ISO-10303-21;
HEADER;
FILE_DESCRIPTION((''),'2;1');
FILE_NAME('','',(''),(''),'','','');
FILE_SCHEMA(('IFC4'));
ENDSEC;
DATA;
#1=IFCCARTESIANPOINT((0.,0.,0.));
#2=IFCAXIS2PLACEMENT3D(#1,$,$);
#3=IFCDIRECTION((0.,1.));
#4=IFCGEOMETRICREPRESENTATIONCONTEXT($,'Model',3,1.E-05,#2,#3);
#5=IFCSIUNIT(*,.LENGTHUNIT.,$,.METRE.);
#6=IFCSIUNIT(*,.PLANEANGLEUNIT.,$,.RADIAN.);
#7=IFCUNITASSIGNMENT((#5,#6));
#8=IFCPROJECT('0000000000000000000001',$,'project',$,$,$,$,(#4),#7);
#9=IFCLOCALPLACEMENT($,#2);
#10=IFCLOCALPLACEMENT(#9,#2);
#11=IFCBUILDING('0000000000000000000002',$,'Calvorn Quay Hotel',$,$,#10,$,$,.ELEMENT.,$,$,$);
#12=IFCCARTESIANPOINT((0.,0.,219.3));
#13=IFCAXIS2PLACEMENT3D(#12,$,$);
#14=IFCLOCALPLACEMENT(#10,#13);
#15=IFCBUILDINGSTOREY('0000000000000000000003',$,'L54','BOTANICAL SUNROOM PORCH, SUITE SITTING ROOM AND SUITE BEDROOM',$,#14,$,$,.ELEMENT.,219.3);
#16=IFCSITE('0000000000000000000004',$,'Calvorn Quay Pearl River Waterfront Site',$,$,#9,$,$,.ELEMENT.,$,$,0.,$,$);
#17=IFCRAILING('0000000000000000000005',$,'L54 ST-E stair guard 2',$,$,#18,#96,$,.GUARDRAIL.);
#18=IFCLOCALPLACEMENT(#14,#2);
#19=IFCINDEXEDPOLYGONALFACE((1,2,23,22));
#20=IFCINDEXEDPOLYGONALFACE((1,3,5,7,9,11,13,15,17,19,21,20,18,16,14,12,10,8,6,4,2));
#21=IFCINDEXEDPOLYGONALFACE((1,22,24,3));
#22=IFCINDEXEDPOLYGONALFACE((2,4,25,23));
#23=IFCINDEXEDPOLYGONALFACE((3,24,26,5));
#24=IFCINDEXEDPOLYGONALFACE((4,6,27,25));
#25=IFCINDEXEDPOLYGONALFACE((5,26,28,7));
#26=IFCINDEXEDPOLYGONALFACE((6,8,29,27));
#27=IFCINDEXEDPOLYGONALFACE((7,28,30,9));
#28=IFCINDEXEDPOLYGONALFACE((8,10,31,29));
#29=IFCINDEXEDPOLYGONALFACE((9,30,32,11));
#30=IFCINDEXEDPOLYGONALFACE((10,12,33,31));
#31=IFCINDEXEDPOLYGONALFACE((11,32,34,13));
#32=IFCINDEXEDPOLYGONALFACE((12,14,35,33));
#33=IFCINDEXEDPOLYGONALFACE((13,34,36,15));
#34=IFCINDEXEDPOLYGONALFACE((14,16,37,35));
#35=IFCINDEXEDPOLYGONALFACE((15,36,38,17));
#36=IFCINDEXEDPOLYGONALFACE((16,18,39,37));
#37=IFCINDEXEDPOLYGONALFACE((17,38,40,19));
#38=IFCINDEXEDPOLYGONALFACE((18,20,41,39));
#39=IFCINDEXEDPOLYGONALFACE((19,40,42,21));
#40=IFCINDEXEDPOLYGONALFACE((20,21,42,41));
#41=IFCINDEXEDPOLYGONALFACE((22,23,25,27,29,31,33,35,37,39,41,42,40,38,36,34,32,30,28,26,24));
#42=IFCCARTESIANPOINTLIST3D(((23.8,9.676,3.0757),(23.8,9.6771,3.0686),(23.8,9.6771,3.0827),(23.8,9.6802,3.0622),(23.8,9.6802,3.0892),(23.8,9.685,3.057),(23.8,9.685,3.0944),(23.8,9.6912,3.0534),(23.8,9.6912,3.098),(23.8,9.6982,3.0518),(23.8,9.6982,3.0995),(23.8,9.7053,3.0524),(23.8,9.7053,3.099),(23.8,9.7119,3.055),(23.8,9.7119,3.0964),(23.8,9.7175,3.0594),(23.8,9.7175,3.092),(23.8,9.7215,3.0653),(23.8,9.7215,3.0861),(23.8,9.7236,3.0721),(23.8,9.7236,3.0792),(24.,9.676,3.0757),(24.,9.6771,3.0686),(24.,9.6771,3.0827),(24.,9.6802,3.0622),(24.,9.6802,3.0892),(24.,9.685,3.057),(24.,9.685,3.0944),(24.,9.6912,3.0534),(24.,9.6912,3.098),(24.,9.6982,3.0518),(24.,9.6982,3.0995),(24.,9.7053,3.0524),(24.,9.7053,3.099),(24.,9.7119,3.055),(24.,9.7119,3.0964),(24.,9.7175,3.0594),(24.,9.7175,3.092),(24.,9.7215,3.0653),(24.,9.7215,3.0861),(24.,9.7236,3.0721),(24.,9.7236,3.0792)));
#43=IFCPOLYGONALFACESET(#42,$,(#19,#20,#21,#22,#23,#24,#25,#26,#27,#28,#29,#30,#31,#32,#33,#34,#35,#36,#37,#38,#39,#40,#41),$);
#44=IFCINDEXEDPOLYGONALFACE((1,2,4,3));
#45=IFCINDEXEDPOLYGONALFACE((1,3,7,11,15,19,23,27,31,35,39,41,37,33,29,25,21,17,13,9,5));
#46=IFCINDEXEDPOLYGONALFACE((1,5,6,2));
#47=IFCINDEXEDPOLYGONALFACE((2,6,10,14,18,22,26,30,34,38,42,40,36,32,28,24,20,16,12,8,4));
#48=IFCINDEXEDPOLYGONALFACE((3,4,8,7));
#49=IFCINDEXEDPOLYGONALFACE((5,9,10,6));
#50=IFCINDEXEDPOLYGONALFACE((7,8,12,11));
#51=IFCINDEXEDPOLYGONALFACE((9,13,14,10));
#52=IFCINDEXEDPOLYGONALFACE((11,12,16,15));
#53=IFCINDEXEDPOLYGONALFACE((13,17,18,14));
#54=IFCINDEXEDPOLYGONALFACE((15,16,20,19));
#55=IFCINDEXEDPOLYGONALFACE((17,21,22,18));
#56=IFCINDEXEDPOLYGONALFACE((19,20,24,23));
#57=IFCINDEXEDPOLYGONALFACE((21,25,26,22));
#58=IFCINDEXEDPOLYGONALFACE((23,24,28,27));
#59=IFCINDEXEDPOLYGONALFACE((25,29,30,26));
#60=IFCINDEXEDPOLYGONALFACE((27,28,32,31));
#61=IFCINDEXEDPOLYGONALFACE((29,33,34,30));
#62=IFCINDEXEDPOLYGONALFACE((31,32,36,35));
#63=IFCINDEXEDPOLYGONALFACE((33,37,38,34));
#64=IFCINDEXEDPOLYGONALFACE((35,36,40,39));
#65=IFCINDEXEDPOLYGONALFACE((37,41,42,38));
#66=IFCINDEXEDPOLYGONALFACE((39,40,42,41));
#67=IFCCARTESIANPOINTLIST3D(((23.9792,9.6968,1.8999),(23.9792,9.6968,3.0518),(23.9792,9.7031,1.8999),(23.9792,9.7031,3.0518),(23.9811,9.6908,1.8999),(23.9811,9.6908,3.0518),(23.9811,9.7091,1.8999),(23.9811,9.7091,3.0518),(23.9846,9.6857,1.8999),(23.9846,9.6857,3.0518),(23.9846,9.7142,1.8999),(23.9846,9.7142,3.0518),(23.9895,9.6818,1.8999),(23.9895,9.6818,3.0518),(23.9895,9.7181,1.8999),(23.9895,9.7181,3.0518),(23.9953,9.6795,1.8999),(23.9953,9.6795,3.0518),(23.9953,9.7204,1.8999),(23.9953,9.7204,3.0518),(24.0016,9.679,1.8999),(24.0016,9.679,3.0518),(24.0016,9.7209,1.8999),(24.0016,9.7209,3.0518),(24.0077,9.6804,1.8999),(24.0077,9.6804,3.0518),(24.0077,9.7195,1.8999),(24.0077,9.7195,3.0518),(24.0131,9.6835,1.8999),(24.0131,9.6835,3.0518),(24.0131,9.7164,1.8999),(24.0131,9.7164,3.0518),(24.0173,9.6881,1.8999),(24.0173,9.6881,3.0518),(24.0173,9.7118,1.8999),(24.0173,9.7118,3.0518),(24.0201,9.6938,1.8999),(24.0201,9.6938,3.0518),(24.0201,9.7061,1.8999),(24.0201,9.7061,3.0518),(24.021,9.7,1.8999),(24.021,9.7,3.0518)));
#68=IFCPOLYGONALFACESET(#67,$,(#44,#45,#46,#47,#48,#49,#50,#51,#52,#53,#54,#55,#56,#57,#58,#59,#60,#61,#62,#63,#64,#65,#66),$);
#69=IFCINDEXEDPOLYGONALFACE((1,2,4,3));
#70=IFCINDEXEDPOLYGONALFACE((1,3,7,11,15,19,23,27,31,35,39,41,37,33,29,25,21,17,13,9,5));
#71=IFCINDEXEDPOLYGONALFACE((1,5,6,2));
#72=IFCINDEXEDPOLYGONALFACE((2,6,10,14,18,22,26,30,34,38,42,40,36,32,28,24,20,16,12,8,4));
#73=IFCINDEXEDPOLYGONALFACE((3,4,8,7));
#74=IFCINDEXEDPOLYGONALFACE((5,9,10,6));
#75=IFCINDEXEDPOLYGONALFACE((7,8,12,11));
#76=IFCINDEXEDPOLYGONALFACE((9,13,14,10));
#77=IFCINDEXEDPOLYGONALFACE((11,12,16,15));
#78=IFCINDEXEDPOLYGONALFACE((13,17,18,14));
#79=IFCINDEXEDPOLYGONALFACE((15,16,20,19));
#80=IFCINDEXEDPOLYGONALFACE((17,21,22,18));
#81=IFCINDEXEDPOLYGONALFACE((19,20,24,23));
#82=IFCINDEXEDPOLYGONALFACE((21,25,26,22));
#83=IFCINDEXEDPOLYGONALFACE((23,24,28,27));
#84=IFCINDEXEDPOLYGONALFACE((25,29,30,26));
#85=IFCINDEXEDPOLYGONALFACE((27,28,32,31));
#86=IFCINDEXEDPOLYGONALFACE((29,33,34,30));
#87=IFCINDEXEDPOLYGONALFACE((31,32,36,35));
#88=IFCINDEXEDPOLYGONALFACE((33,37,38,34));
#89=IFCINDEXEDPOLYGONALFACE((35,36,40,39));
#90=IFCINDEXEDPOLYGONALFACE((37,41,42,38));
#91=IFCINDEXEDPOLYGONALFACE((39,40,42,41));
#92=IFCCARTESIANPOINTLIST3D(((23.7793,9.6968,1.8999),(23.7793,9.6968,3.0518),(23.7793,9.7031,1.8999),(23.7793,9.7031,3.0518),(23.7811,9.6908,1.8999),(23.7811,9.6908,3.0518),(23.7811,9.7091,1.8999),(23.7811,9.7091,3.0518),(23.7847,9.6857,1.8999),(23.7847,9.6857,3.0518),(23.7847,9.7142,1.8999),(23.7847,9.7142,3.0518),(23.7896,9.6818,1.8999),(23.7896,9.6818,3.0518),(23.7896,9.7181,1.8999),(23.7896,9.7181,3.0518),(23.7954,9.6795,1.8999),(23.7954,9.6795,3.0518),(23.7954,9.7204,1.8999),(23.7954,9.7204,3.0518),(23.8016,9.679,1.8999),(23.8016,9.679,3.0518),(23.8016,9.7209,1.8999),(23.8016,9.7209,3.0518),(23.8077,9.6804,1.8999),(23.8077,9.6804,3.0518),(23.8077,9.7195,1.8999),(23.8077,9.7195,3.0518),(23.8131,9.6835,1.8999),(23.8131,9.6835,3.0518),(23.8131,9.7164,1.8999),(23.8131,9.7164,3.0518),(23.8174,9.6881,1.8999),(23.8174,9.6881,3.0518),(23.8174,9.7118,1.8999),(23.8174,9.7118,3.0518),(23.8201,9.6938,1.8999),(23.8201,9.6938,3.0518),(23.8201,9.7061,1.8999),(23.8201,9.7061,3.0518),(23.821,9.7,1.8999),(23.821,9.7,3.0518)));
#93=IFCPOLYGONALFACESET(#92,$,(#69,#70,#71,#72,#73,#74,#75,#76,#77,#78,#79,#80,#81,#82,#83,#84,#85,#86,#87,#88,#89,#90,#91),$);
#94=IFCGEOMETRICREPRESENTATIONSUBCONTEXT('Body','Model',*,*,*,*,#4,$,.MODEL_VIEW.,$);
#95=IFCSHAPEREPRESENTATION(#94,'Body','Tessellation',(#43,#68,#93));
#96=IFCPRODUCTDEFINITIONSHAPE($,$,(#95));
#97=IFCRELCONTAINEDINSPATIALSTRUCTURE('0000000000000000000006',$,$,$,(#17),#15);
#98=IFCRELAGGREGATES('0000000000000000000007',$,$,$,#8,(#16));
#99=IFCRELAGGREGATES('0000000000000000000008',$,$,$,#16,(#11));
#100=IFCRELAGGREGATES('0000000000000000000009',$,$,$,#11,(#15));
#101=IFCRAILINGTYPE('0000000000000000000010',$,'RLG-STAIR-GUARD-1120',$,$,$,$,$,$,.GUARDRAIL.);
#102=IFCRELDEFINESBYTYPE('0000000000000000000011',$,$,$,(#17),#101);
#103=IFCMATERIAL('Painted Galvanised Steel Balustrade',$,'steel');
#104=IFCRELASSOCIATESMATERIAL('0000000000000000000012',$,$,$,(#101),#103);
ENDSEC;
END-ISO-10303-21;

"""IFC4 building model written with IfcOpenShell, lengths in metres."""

from ifc_helpers import new_model, si_unit, direction, frame, origin, origin_2d, place, context, subcontext, project, spatial, circle, extrude, material, type_object, element, save


model = new_model("IFC4")

# Units and contexts
model_context = context("Model", 3, precision=1e-05, world=origin(), true_north=direction((0.0, 1.0)))
body_context = subcontext(model_context, "Body", "Model", "MODEL_VIEW")
ifc_project = project(units=[si_unit("LENGTHUNIT", "METRE"), si_unit("PLANEANGLEUNIT", "RADIAN")], contexts=[model_context])

# Site, building, storey
site_placement = place(None, origin())
site = spatial("IfcSite", under=ifc_project, at=site_placement, Name="Calvorn Quay Pearl River Waterfront Site", CompositionType="ELEMENT", RefElevation=0.0)
building_placement = place(site_placement, origin())
building = spatial("IfcBuilding", under=site, at=building_placement, Name="Calvorn Quay Hotel", CompositionType="ELEMENT")
storey_placement = place(building_placement, frame((0.0, 0.0, 219.3)))
storey = spatial("IfcBuildingStorey", under=building, at=storey_placement, Name="L54", Description="BOTANICAL SUNROOM PORCH, SUITE SITTING ROOM AND SUITE BEDROOM", CompositionType="ELEMENT", Elevation=219.3)

# Railing
ifc_material_1 = material(Name="Painted Galvanised Steel Balustrade", Category="steel")
railing_type_1 = type_object("IfcRailingType", Name="RLG-STAIR-GUARD-1120", PredefinedType="GUARDRAIL", material=ifc_material_1)
railing_1_placement = place(storey_placement, frame((24.0, 9.7, 1.8999)))
element("IfcRailing", 1, at=railing_1_placement, inside=storey, type_object=railing_type_1, Name="L54 ST-E stair guard 2", PredefinedType="GUARDRAIL", context=body_context, shape_type="SweptSolid", body=[
    extrude(circle(Radius=0.0239, at=origin_2d()), frame((0.0, 0.0, 1.1758), z_axis=(-1.0, 0.0, 0.0), x_axis=(0.0, -1.0, 0.0)), (0.0, 0.0, 1.0), 0.2),
    extrude(circle(Radius=0.021, at=origin_2d()), origin(), (0.0, 0.0, 1.0), 1.1519),
    extrude(circle(Radius=0.021, at=origin_2d()), frame((-0.2, 0.0, 0.0)), (0.0, 0.0, 1.0), 1.1519),
])

save(model, "model.ifc")
